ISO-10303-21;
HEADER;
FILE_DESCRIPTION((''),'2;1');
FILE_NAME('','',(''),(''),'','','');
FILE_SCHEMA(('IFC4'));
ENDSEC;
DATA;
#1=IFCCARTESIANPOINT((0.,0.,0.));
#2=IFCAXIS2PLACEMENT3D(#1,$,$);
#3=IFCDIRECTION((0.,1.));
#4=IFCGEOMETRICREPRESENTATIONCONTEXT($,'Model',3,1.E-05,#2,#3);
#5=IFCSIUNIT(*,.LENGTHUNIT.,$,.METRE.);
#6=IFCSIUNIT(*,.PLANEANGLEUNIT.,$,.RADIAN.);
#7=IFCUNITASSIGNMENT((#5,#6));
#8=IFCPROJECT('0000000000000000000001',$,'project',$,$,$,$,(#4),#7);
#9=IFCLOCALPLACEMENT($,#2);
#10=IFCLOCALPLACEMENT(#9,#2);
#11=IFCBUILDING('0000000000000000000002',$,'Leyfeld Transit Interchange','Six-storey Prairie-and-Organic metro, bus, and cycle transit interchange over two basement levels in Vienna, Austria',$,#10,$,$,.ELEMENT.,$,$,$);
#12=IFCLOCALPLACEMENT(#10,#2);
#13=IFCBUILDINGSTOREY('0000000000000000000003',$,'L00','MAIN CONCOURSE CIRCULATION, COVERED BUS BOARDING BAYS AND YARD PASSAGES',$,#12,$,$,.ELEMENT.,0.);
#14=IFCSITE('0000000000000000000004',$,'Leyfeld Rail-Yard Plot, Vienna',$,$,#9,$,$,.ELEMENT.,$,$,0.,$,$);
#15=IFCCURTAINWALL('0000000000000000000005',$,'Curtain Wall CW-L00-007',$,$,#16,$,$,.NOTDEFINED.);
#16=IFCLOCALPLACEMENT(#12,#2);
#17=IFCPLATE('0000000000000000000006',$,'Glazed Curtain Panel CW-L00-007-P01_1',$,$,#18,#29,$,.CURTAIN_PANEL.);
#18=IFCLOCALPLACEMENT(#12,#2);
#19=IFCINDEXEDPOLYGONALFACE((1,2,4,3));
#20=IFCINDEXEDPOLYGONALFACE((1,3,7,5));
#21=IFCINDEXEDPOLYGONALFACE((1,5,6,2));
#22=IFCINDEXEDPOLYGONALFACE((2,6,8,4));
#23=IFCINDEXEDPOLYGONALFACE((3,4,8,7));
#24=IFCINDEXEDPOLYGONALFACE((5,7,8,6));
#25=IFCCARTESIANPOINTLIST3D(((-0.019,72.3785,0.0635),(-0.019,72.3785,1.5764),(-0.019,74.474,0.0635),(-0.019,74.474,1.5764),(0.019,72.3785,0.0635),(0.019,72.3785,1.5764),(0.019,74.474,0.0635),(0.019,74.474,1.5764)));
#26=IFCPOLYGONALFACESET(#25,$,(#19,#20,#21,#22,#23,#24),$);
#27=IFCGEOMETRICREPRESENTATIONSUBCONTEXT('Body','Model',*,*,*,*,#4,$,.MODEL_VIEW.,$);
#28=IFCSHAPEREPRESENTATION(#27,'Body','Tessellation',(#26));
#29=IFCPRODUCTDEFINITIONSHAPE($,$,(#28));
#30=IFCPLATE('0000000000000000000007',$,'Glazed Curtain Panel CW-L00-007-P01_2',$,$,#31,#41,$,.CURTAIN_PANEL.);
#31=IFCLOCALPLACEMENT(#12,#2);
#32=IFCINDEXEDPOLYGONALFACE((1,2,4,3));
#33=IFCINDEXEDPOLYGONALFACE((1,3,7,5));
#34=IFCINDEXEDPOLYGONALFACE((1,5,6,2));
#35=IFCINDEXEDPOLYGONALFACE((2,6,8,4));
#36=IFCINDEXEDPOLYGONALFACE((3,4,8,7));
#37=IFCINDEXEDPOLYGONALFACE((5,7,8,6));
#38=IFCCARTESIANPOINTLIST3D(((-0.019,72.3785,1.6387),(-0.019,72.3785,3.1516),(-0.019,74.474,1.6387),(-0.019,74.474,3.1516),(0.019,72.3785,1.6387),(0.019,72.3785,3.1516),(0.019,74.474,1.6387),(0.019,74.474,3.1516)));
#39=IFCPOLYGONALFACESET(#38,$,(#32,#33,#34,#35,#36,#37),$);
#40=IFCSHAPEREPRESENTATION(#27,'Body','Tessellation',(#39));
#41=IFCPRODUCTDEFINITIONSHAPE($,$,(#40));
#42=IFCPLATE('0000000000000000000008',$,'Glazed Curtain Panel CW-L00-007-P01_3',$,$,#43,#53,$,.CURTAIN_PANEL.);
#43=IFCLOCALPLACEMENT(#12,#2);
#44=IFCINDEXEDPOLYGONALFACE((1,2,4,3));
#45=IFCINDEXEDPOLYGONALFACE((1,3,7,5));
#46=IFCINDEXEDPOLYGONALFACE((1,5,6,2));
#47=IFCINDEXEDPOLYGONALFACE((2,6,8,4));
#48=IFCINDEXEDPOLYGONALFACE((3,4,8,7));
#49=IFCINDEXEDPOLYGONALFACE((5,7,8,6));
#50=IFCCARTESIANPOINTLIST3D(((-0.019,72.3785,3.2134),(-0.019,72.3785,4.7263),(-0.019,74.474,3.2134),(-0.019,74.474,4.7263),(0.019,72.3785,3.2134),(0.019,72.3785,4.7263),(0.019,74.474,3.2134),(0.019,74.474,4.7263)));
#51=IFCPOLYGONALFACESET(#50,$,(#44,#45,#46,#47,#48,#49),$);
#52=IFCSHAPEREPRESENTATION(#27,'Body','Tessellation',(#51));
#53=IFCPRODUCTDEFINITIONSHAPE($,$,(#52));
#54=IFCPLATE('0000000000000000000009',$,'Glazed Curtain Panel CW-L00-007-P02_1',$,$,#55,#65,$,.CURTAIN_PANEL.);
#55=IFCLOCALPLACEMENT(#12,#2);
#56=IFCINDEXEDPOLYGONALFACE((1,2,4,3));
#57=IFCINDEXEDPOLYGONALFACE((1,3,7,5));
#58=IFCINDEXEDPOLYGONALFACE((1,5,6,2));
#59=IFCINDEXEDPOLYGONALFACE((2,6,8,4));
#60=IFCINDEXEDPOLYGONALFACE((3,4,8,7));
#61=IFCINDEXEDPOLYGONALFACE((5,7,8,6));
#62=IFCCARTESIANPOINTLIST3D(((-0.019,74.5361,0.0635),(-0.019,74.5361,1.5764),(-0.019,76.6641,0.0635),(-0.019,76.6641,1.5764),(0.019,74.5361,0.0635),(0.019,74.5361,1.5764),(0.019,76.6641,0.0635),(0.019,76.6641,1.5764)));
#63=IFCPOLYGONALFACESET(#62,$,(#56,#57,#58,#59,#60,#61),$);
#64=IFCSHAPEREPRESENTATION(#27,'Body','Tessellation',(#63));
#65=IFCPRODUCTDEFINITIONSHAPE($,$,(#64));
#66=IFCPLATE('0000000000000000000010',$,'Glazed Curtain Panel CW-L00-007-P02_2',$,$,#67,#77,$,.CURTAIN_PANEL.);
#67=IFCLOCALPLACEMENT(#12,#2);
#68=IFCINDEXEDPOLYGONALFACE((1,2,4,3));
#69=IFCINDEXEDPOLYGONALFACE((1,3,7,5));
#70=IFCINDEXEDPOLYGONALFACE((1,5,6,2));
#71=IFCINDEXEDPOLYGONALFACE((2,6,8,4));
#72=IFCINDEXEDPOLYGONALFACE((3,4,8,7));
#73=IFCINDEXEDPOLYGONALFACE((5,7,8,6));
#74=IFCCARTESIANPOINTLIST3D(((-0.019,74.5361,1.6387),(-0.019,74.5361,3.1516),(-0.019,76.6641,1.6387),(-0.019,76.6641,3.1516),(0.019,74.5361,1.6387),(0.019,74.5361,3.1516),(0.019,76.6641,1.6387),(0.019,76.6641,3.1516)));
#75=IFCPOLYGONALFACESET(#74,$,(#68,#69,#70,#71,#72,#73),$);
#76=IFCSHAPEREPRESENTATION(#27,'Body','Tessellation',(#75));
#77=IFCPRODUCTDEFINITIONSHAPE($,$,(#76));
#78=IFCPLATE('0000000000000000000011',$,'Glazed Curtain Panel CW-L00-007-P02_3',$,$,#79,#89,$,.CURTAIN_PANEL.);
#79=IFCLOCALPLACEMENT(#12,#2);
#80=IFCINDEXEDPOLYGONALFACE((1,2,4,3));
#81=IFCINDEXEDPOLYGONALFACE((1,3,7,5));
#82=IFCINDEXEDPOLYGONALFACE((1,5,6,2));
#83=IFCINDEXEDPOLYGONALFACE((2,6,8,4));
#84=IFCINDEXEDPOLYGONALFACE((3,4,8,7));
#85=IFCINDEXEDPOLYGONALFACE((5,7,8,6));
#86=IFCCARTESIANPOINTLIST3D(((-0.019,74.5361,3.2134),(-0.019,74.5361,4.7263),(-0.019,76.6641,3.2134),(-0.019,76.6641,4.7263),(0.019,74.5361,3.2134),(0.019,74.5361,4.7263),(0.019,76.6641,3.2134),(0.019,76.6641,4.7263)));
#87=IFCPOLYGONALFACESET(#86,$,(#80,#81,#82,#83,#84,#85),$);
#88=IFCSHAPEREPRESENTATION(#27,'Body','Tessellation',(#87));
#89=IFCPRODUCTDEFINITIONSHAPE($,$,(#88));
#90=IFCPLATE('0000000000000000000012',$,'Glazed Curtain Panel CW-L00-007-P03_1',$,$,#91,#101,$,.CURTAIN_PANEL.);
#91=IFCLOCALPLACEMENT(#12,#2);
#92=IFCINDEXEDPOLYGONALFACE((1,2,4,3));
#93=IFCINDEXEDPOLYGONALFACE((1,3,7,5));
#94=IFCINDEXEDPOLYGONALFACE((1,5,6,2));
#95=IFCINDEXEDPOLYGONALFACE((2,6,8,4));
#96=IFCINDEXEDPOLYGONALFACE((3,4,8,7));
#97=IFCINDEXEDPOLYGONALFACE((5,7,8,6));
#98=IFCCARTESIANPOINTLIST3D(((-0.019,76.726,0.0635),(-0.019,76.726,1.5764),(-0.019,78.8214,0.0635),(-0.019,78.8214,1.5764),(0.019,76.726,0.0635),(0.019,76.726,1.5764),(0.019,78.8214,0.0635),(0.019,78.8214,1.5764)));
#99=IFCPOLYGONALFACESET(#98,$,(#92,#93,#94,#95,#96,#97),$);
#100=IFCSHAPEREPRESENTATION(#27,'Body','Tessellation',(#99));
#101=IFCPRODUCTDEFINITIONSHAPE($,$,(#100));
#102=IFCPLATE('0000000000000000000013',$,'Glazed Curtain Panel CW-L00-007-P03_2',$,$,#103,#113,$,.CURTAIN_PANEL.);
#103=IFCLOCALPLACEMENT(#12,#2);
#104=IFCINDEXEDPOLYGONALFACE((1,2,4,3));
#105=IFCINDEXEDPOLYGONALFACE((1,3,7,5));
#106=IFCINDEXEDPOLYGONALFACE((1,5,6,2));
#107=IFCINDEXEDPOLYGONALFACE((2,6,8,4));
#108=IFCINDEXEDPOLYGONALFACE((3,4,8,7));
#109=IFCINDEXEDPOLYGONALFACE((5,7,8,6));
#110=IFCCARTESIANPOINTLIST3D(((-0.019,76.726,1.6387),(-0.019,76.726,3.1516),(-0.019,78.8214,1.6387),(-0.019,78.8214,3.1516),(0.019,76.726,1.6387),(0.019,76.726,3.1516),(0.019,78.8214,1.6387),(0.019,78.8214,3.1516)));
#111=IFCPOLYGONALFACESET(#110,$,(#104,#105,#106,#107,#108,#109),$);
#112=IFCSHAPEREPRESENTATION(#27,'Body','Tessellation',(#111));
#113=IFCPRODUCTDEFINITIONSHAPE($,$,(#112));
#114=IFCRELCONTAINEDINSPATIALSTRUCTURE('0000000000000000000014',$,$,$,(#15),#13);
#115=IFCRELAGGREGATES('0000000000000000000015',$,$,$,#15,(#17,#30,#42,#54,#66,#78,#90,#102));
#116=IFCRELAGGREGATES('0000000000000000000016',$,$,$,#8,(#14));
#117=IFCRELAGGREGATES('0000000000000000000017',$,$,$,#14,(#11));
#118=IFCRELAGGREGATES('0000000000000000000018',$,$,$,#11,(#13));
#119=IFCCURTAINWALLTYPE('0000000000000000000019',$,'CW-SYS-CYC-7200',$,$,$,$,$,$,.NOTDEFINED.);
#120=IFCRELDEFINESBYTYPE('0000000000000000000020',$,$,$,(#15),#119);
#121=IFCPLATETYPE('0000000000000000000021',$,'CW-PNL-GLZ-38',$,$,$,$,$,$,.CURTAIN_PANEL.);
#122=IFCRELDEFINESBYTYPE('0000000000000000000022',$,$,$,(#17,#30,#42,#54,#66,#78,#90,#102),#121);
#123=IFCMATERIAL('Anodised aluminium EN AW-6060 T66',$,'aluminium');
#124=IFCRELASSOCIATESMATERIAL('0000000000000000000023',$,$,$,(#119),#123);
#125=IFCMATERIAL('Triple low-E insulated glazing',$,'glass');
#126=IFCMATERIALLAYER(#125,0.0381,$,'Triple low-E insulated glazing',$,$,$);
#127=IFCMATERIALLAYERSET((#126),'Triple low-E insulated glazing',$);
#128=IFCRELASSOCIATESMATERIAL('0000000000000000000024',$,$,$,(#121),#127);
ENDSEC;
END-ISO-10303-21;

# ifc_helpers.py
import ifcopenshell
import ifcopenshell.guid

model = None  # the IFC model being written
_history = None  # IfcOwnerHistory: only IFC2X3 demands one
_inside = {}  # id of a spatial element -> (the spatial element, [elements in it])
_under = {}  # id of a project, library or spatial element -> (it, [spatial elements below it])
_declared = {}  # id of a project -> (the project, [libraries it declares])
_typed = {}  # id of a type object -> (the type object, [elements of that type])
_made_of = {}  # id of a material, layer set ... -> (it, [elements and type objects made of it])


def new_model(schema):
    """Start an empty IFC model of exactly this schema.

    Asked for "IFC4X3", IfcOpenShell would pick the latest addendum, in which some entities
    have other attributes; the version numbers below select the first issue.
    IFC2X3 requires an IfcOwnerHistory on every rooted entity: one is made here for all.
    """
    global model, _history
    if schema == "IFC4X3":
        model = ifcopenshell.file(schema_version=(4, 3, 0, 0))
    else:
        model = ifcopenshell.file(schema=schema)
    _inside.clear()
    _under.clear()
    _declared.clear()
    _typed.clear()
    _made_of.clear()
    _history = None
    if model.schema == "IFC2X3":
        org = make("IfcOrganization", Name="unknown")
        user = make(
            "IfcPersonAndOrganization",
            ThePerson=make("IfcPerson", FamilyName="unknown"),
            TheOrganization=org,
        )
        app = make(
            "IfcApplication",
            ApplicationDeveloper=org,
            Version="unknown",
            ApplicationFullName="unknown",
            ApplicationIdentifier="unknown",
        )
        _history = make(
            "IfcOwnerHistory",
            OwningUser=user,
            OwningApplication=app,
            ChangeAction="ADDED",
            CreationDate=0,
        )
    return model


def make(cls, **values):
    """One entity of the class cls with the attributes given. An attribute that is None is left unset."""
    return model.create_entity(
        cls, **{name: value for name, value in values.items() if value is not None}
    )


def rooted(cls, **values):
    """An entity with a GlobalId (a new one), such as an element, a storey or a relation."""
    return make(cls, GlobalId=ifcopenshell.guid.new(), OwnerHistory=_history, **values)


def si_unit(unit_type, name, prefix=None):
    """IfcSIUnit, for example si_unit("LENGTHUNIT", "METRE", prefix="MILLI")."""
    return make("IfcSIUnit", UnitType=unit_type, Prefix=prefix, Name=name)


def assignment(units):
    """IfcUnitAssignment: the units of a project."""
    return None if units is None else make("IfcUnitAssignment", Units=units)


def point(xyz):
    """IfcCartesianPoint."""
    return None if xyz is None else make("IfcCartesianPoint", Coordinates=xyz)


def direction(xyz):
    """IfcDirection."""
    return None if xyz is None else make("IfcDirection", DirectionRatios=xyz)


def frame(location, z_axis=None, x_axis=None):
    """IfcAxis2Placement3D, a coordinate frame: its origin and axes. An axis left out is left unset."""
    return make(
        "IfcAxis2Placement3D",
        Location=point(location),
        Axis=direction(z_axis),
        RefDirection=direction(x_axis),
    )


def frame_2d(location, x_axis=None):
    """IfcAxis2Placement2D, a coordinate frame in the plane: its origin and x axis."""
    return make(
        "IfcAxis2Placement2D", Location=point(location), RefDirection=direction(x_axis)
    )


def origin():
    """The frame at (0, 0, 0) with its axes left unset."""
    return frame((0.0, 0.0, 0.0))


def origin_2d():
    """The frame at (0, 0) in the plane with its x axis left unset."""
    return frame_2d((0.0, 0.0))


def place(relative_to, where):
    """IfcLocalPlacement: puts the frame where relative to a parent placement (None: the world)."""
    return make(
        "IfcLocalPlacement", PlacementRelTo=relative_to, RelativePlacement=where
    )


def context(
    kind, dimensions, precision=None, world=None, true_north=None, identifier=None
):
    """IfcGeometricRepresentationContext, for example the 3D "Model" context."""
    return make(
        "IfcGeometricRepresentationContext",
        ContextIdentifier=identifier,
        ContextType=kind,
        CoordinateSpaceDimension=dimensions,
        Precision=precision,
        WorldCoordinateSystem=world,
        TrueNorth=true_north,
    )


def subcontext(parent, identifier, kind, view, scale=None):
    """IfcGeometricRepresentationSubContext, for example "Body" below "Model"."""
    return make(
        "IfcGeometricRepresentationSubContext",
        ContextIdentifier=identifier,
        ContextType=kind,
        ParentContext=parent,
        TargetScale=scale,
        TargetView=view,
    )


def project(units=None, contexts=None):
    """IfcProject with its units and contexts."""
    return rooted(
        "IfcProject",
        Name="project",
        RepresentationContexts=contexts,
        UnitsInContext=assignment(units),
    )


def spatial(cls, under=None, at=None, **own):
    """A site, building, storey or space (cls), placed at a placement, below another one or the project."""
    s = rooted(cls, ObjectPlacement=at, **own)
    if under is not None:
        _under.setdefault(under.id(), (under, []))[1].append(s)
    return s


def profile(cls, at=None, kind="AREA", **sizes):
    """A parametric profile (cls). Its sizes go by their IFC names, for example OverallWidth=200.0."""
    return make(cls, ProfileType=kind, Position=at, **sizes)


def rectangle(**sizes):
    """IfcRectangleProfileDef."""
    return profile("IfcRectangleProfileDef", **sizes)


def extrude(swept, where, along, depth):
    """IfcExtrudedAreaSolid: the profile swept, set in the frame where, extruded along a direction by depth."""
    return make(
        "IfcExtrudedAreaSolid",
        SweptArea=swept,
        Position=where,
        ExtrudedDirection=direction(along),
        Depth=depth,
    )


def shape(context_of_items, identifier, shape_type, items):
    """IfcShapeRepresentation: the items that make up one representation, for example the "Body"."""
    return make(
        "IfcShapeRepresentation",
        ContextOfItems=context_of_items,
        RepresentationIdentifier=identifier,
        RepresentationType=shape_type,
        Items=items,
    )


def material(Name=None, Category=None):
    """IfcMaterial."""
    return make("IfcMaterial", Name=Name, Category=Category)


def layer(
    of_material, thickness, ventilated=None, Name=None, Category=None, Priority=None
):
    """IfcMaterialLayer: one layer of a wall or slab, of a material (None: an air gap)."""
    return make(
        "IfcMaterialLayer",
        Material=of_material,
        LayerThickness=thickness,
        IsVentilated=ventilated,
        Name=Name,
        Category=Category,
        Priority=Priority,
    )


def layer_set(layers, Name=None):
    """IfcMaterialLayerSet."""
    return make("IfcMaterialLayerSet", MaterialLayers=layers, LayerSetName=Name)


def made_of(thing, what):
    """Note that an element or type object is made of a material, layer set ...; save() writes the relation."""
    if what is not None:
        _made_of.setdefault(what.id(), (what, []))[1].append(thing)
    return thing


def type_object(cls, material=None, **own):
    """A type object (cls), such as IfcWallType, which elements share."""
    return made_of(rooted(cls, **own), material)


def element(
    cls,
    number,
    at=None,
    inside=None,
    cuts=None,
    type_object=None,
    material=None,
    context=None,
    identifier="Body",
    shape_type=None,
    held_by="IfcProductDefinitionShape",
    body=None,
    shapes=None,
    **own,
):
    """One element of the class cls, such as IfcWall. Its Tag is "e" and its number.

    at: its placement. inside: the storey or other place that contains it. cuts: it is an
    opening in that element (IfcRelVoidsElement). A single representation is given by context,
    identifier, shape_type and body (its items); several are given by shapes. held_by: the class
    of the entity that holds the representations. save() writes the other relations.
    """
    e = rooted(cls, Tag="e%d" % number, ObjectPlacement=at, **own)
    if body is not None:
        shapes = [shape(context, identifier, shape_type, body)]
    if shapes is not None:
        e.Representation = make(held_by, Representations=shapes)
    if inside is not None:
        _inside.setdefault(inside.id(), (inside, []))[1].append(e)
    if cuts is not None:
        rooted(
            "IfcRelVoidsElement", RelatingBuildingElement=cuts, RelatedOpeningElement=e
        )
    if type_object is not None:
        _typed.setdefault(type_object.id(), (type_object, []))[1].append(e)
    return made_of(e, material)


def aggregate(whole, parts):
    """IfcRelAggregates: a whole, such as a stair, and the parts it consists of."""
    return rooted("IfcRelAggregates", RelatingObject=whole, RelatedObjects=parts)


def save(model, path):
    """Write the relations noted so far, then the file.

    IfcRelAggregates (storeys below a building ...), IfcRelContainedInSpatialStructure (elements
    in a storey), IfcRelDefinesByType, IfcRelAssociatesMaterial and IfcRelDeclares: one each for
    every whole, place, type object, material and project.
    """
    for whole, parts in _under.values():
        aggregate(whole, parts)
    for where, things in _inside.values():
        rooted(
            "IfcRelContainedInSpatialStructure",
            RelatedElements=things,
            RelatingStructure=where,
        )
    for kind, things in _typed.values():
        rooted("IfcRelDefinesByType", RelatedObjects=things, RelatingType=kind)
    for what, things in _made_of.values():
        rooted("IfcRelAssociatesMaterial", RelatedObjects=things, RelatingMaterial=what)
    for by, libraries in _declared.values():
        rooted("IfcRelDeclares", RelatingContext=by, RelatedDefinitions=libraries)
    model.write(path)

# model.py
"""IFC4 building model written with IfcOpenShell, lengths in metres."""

from ifc_helpers import new_model, si_unit, direction, frame, origin, origin_2d, place, context, subcontext, project, spatial, rectangle, extrude, material, layer, layer_set, type_object, element, aggregate, save


model = new_model("IFC4")

# Units and contexts
model_context = context("Model", 3, precision=1e-05, world=origin(), true_north=direction((0.0, 1.0)))
body_context = subcontext(model_context, "Body", "Model", "MODEL_VIEW")
ifc_project = project(units=[si_unit("LENGTHUNIT", "METRE"), si_unit("PLANEANGLEUNIT", "RADIAN")], contexts=[model_context])

# Site, building, storey
site_placement = place(None, origin())
site = spatial("IfcSite", under=ifc_project, at=site_placement, Name="Leyfeld Rail-Yard Plot, Vienna", CompositionType="ELEMENT", RefElevation=0.0)
building_placement = place(site_placement, origin())
building = spatial("IfcBuilding", under=site, at=building_placement, Name="Leyfeld Transit Interchange", Description="Six-storey Prairie-and-Organic metro, bus, and cycle transit interchange over two basement levels in Vienna, Austria", CompositionType="ELEMENT")
storey_placement = place(building_placement, origin())
storey = spatial("IfcBuildingStorey", under=building, at=storey_placement, Name="L00", Description="MAIN CONCOURSE CIRCULATION, COVERED BUS BOARDING BAYS AND YARD PASSAGES", CompositionType="ELEMENT", Elevation=0.0)

# Curtain wall, plates
ifc_material_1 = material(Name="Anodised aluminium EN AW-6060 T66", Category="aluminium")
curtain_wall_type = type_object("IfcCurtainWallType", Name="CW-SYS-CYC-7200", PredefinedType="NOTDEFINED", material=ifc_material_1)
curtain_wall_placement = place(storey_placement, origin())
curtain_wall = element("IfcCurtainWall", 1, at=curtain_wall_placement, inside=storey, type_object=curtain_wall_type, Name="Curtain Wall CW-L00-007", PredefinedType="NOTDEFINED")
ifc_material_2 = material(Name="Triple low-E insulated glazing", Category="glass")
ifc_layer = layer(ifc_material_2, 0.0381, Name="Triple low-E insulated glazing")
ifc_layer_set = layer_set([ifc_layer], Name="Triple low-E insulated glazing")
plate_type = type_object("IfcPlateType", Name="CW-PNL-GLZ-38", PredefinedType="CURTAIN_PANEL", material=ifc_layer_set)
plate_1_placement = place(storey_placement, frame((0.0, 73.4263, 0.0635), z_axis=(0.0, 0.0, 1.0), x_axis=(0.0, 1.0, 0.0)))
plate_1 = element("IfcPlate", 2, at=plate_1_placement, type_object=plate_type, Name="Glazed Curtain Panel CW-L00-007-P01_1", PredefinedType="CURTAIN_PANEL", context=body_context, shape_type="SweptSolid", body=[
    extrude(rectangle(XDim=2.0955, YDim=0.0381, at=origin_2d()), origin(), (0.0, 0.0, 1.0), 1.5129),
])
plate_2_placement = place(storey_placement, frame((0.0, 73.4263, 1.6387), z_axis=(0.0, 0.0, 1.0), x_axis=(0.0, 1.0, 0.0)))
plate_2 = element("IfcPlate", 3, at=plate_2_placement, type_object=plate_type, Name="Glazed Curtain Panel CW-L00-007-P01_2", PredefinedType="CURTAIN_PANEL", context=body_context, shape_type="SweptSolid", body=[
    extrude(rectangle(XDim=2.0955, YDim=0.0381, at=origin_2d()), origin(), (0.0, 0.0, 1.0), 1.5129),
])
plate_3_placement = place(storey_placement, frame((0.0, 73.4263, 3.2134), z_axis=(0.0, 0.0, 1.0), x_axis=(0.0, 1.0, 0.0)))
plate_3 = element("IfcPlate", 4, at=plate_3_placement, type_object=plate_type, Name="Glazed Curtain Panel CW-L00-007-P01_3", PredefinedType="CURTAIN_PANEL", context=body_context, shape_type="SweptSolid", body=[
    extrude(rectangle(XDim=2.0955, YDim=0.0381, at=origin_2d()), origin(), (0.0, 0.0, 1.0), 1.5129),
])
plate_4_placement = place(storey_placement, frame((0.0, 75.6001, 0.0635), z_axis=(0.0, 0.0, 1.0), x_axis=(0.0, 1.0, 0.0)))
plate_4 = element("IfcPlate", 5, at=plate_4_placement, type_object=plate_type, Name="Glazed Curtain Panel CW-L00-007-P02_1", PredefinedType="CURTAIN_PANEL", context=body_context, shape_type="SweptSolid", body=[
    extrude(rectangle(XDim=2.1279, YDim=0.0381, at=origin_2d()), origin(), (0.0, 0.0, 1.0), 1.5129),
])
plate_5_placement = place(storey_placement, frame((0.0, 75.6001, 1.6387), z_axis=(0.0, 0.0, 1.0), x_axis=(0.0, 1.0, 0.0)))
plate_5 = element("IfcPlate", 6, at=plate_5_placement, type_object=plate_type, Name="Glazed Curtain Panel CW-L00-007-P02_2", PredefinedType="CURTAIN_PANEL", context=body_context, shape_type="SweptSolid", body=[
    extrude(rectangle(XDim=2.1279, YDim=0.0381, at=origin_2d()), origin(), (0.0, 0.0, 1.0), 1.5129),
])
plate_6_placement = place(storey_placement, frame((0.0, 75.6001, 3.2134), z_axis=(0.0, 0.0, 1.0), x_axis=(0.0, 1.0, 0.0)))
plate_6 = element("IfcPlate", 7, at=plate_6_placement, type_object=plate_type, Name="Glazed Curtain Panel CW-L00-007-P02_3", PredefinedType="CURTAIN_PANEL", context=body_context, shape_type="SweptSolid", body=[
    extrude(rectangle(XDim=2.1279, YDim=0.0381, at=origin_2d()), origin(), (0.0, 0.0, 1.0), 1.5129),
])
plate_7_placement = place(storey_placement, frame((0.0, 77.7737, 0.0635), z_axis=(0.0, 0.0, 1.0), x_axis=(0.0, 1.0, 0.0)))
plate_7 = element("IfcPlate", 8, at=plate_7_placement, type_object=plate_type, Name="Glazed Curtain Panel CW-L00-007-P03_1", PredefinedType="CURTAIN_PANEL", context=body_context, shape_type="SweptSolid", body=[
    extrude(rectangle(XDim=2.0955, YDim=0.0381, at=origin_2d()), origin(), (0.0, 0.0, 1.0), 1.5129),
])
plate_8_placement = place(storey_placement, frame((0.0, 77.7737, 1.6387), z_axis=(0.0, 0.0, 1.0), x_axis=(0.0, 1.0, 0.0)))
plate_8 = element("IfcPlate", 9, at=plate_8_placement, type_object=plate_type, Name="Glazed Curtain Panel CW-L00-007-P03_2", PredefinedType="CURTAIN_PANEL", context=body_context, shape_type="SweptSolid", body=[
    extrude(rectangle(XDim=2.0955, YDim=0.0381, at=origin_2d()), origin(), (0.0, 0.0, 1.0), 1.5129),
])
aggregate(curtain_wall, [plate_1, plate_2, plate_3, plate_4, plate_5, plate_6, plate_7, plate_8])

save(model, "model.ifc")
